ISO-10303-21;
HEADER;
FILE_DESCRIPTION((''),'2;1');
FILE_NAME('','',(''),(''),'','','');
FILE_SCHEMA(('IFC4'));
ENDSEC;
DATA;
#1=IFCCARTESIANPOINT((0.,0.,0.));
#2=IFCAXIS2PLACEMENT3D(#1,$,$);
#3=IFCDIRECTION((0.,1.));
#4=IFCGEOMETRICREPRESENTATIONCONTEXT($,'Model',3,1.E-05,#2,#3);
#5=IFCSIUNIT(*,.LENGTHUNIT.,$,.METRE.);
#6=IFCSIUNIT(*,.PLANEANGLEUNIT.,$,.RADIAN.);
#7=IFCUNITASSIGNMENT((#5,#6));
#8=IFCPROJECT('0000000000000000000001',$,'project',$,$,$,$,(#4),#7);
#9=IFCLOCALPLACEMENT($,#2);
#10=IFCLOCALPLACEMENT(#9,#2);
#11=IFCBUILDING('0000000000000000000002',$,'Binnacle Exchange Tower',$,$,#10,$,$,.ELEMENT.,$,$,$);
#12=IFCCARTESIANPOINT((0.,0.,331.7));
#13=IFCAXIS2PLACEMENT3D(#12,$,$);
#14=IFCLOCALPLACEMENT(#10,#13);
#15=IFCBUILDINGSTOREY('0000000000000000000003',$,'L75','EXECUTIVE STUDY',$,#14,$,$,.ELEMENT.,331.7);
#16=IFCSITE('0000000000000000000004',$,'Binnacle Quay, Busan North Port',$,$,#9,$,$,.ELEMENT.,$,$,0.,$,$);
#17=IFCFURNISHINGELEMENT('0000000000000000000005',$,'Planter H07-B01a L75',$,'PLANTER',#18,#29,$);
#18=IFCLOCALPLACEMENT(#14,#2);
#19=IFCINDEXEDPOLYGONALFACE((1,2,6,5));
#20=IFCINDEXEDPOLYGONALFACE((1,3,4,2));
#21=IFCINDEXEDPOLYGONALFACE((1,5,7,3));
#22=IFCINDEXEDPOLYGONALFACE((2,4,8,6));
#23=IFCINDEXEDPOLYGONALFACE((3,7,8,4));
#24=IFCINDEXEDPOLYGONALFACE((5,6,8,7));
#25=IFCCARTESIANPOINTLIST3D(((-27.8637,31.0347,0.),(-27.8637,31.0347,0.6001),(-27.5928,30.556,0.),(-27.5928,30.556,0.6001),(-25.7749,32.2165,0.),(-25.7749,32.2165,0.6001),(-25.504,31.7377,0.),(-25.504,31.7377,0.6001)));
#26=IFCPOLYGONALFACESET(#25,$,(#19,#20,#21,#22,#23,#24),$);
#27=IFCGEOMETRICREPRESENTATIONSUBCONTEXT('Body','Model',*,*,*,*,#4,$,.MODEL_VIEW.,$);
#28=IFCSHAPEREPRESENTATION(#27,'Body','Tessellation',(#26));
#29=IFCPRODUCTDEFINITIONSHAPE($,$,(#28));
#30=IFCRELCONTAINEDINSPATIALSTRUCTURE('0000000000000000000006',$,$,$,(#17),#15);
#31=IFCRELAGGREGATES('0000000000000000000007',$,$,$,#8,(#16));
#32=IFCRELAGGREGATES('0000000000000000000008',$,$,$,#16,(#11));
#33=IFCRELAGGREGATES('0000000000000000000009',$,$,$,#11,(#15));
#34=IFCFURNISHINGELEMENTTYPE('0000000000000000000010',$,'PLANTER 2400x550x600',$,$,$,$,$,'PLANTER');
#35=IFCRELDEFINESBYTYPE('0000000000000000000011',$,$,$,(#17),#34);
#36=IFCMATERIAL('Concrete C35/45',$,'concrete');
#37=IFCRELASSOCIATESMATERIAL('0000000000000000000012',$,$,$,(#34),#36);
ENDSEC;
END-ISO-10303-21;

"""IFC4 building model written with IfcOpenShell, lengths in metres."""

from ifc_helpers import new_model, si_unit, direction, frame, origin, origin_2d, place, context, subcontext, project, spatial, rectangle, extrude, material, type_object, element, save


model = new_model("IFC4")

# Units and contexts
model_context = context("Model", 3, precision=1e-05, world=origin(), true_north=direction((0.0, 1.0)))
body_context = subcontext(model_context, "Body", "Model", "MODEL_VIEW")
ifc_project = project(units=[si_unit("LENGTHUNIT", "METRE"), si_unit("PLANEANGLEUNIT", "RADIAN")], contexts=[model_context])

# Site, building, storey
site_placement = place(None, origin())
site = spatial("IfcSite", under=ifc_project, at=site_placement, Name="Binnacle Quay, Busan North Port", CompositionType="ELEMENT", RefElevation=0.0)
building_placement = place(site_placement, origin())
building = spatial("IfcBuilding", under=site, at=building_placement, Name="Binnacle Exchange Tower", CompositionType="ELEMENT")
storey_placement = place(building_placement, frame((0.0, 0.0, 331.7)))
storey = spatial("IfcBuildingStorey", under=building, at=storey_placement, Name="L75", Description="EXECUTIVE STUDY", CompositionType="ELEMENT", Elevation=331.7)

# Shared definitions
ifc_material_1 = material(Name="Concrete C35/45", Category="concrete")

# Furnishing element
furnishing_element_type = type_object("IfcFurnishingElementType", Name="PLANTER 2400x550x600", ElementType="PLANTER", material=ifc_material_1)
furnishing_placement = place(storey_placement, frame((-26.6838, 31.3862, 0.0), z_axis=(0.0, 0.0, 1.0), x_axis=(0.870356, 0.492424, 0.0)))
element("IfcFurnishingElement", 1, at=furnishing_placement, inside=storey, type_object=furnishing_element_type, Name="Planter H07-B01a L75", ObjectType="PLANTER", context=body_context, shape_type="SweptSolid", body=[
    extrude(rectangle(XDim=2.3999, YDim=0.55, at=origin_2d()), origin(), (0.0, 0.0, 1.0), 0.6001),
])

save(model, "model.ifc")
